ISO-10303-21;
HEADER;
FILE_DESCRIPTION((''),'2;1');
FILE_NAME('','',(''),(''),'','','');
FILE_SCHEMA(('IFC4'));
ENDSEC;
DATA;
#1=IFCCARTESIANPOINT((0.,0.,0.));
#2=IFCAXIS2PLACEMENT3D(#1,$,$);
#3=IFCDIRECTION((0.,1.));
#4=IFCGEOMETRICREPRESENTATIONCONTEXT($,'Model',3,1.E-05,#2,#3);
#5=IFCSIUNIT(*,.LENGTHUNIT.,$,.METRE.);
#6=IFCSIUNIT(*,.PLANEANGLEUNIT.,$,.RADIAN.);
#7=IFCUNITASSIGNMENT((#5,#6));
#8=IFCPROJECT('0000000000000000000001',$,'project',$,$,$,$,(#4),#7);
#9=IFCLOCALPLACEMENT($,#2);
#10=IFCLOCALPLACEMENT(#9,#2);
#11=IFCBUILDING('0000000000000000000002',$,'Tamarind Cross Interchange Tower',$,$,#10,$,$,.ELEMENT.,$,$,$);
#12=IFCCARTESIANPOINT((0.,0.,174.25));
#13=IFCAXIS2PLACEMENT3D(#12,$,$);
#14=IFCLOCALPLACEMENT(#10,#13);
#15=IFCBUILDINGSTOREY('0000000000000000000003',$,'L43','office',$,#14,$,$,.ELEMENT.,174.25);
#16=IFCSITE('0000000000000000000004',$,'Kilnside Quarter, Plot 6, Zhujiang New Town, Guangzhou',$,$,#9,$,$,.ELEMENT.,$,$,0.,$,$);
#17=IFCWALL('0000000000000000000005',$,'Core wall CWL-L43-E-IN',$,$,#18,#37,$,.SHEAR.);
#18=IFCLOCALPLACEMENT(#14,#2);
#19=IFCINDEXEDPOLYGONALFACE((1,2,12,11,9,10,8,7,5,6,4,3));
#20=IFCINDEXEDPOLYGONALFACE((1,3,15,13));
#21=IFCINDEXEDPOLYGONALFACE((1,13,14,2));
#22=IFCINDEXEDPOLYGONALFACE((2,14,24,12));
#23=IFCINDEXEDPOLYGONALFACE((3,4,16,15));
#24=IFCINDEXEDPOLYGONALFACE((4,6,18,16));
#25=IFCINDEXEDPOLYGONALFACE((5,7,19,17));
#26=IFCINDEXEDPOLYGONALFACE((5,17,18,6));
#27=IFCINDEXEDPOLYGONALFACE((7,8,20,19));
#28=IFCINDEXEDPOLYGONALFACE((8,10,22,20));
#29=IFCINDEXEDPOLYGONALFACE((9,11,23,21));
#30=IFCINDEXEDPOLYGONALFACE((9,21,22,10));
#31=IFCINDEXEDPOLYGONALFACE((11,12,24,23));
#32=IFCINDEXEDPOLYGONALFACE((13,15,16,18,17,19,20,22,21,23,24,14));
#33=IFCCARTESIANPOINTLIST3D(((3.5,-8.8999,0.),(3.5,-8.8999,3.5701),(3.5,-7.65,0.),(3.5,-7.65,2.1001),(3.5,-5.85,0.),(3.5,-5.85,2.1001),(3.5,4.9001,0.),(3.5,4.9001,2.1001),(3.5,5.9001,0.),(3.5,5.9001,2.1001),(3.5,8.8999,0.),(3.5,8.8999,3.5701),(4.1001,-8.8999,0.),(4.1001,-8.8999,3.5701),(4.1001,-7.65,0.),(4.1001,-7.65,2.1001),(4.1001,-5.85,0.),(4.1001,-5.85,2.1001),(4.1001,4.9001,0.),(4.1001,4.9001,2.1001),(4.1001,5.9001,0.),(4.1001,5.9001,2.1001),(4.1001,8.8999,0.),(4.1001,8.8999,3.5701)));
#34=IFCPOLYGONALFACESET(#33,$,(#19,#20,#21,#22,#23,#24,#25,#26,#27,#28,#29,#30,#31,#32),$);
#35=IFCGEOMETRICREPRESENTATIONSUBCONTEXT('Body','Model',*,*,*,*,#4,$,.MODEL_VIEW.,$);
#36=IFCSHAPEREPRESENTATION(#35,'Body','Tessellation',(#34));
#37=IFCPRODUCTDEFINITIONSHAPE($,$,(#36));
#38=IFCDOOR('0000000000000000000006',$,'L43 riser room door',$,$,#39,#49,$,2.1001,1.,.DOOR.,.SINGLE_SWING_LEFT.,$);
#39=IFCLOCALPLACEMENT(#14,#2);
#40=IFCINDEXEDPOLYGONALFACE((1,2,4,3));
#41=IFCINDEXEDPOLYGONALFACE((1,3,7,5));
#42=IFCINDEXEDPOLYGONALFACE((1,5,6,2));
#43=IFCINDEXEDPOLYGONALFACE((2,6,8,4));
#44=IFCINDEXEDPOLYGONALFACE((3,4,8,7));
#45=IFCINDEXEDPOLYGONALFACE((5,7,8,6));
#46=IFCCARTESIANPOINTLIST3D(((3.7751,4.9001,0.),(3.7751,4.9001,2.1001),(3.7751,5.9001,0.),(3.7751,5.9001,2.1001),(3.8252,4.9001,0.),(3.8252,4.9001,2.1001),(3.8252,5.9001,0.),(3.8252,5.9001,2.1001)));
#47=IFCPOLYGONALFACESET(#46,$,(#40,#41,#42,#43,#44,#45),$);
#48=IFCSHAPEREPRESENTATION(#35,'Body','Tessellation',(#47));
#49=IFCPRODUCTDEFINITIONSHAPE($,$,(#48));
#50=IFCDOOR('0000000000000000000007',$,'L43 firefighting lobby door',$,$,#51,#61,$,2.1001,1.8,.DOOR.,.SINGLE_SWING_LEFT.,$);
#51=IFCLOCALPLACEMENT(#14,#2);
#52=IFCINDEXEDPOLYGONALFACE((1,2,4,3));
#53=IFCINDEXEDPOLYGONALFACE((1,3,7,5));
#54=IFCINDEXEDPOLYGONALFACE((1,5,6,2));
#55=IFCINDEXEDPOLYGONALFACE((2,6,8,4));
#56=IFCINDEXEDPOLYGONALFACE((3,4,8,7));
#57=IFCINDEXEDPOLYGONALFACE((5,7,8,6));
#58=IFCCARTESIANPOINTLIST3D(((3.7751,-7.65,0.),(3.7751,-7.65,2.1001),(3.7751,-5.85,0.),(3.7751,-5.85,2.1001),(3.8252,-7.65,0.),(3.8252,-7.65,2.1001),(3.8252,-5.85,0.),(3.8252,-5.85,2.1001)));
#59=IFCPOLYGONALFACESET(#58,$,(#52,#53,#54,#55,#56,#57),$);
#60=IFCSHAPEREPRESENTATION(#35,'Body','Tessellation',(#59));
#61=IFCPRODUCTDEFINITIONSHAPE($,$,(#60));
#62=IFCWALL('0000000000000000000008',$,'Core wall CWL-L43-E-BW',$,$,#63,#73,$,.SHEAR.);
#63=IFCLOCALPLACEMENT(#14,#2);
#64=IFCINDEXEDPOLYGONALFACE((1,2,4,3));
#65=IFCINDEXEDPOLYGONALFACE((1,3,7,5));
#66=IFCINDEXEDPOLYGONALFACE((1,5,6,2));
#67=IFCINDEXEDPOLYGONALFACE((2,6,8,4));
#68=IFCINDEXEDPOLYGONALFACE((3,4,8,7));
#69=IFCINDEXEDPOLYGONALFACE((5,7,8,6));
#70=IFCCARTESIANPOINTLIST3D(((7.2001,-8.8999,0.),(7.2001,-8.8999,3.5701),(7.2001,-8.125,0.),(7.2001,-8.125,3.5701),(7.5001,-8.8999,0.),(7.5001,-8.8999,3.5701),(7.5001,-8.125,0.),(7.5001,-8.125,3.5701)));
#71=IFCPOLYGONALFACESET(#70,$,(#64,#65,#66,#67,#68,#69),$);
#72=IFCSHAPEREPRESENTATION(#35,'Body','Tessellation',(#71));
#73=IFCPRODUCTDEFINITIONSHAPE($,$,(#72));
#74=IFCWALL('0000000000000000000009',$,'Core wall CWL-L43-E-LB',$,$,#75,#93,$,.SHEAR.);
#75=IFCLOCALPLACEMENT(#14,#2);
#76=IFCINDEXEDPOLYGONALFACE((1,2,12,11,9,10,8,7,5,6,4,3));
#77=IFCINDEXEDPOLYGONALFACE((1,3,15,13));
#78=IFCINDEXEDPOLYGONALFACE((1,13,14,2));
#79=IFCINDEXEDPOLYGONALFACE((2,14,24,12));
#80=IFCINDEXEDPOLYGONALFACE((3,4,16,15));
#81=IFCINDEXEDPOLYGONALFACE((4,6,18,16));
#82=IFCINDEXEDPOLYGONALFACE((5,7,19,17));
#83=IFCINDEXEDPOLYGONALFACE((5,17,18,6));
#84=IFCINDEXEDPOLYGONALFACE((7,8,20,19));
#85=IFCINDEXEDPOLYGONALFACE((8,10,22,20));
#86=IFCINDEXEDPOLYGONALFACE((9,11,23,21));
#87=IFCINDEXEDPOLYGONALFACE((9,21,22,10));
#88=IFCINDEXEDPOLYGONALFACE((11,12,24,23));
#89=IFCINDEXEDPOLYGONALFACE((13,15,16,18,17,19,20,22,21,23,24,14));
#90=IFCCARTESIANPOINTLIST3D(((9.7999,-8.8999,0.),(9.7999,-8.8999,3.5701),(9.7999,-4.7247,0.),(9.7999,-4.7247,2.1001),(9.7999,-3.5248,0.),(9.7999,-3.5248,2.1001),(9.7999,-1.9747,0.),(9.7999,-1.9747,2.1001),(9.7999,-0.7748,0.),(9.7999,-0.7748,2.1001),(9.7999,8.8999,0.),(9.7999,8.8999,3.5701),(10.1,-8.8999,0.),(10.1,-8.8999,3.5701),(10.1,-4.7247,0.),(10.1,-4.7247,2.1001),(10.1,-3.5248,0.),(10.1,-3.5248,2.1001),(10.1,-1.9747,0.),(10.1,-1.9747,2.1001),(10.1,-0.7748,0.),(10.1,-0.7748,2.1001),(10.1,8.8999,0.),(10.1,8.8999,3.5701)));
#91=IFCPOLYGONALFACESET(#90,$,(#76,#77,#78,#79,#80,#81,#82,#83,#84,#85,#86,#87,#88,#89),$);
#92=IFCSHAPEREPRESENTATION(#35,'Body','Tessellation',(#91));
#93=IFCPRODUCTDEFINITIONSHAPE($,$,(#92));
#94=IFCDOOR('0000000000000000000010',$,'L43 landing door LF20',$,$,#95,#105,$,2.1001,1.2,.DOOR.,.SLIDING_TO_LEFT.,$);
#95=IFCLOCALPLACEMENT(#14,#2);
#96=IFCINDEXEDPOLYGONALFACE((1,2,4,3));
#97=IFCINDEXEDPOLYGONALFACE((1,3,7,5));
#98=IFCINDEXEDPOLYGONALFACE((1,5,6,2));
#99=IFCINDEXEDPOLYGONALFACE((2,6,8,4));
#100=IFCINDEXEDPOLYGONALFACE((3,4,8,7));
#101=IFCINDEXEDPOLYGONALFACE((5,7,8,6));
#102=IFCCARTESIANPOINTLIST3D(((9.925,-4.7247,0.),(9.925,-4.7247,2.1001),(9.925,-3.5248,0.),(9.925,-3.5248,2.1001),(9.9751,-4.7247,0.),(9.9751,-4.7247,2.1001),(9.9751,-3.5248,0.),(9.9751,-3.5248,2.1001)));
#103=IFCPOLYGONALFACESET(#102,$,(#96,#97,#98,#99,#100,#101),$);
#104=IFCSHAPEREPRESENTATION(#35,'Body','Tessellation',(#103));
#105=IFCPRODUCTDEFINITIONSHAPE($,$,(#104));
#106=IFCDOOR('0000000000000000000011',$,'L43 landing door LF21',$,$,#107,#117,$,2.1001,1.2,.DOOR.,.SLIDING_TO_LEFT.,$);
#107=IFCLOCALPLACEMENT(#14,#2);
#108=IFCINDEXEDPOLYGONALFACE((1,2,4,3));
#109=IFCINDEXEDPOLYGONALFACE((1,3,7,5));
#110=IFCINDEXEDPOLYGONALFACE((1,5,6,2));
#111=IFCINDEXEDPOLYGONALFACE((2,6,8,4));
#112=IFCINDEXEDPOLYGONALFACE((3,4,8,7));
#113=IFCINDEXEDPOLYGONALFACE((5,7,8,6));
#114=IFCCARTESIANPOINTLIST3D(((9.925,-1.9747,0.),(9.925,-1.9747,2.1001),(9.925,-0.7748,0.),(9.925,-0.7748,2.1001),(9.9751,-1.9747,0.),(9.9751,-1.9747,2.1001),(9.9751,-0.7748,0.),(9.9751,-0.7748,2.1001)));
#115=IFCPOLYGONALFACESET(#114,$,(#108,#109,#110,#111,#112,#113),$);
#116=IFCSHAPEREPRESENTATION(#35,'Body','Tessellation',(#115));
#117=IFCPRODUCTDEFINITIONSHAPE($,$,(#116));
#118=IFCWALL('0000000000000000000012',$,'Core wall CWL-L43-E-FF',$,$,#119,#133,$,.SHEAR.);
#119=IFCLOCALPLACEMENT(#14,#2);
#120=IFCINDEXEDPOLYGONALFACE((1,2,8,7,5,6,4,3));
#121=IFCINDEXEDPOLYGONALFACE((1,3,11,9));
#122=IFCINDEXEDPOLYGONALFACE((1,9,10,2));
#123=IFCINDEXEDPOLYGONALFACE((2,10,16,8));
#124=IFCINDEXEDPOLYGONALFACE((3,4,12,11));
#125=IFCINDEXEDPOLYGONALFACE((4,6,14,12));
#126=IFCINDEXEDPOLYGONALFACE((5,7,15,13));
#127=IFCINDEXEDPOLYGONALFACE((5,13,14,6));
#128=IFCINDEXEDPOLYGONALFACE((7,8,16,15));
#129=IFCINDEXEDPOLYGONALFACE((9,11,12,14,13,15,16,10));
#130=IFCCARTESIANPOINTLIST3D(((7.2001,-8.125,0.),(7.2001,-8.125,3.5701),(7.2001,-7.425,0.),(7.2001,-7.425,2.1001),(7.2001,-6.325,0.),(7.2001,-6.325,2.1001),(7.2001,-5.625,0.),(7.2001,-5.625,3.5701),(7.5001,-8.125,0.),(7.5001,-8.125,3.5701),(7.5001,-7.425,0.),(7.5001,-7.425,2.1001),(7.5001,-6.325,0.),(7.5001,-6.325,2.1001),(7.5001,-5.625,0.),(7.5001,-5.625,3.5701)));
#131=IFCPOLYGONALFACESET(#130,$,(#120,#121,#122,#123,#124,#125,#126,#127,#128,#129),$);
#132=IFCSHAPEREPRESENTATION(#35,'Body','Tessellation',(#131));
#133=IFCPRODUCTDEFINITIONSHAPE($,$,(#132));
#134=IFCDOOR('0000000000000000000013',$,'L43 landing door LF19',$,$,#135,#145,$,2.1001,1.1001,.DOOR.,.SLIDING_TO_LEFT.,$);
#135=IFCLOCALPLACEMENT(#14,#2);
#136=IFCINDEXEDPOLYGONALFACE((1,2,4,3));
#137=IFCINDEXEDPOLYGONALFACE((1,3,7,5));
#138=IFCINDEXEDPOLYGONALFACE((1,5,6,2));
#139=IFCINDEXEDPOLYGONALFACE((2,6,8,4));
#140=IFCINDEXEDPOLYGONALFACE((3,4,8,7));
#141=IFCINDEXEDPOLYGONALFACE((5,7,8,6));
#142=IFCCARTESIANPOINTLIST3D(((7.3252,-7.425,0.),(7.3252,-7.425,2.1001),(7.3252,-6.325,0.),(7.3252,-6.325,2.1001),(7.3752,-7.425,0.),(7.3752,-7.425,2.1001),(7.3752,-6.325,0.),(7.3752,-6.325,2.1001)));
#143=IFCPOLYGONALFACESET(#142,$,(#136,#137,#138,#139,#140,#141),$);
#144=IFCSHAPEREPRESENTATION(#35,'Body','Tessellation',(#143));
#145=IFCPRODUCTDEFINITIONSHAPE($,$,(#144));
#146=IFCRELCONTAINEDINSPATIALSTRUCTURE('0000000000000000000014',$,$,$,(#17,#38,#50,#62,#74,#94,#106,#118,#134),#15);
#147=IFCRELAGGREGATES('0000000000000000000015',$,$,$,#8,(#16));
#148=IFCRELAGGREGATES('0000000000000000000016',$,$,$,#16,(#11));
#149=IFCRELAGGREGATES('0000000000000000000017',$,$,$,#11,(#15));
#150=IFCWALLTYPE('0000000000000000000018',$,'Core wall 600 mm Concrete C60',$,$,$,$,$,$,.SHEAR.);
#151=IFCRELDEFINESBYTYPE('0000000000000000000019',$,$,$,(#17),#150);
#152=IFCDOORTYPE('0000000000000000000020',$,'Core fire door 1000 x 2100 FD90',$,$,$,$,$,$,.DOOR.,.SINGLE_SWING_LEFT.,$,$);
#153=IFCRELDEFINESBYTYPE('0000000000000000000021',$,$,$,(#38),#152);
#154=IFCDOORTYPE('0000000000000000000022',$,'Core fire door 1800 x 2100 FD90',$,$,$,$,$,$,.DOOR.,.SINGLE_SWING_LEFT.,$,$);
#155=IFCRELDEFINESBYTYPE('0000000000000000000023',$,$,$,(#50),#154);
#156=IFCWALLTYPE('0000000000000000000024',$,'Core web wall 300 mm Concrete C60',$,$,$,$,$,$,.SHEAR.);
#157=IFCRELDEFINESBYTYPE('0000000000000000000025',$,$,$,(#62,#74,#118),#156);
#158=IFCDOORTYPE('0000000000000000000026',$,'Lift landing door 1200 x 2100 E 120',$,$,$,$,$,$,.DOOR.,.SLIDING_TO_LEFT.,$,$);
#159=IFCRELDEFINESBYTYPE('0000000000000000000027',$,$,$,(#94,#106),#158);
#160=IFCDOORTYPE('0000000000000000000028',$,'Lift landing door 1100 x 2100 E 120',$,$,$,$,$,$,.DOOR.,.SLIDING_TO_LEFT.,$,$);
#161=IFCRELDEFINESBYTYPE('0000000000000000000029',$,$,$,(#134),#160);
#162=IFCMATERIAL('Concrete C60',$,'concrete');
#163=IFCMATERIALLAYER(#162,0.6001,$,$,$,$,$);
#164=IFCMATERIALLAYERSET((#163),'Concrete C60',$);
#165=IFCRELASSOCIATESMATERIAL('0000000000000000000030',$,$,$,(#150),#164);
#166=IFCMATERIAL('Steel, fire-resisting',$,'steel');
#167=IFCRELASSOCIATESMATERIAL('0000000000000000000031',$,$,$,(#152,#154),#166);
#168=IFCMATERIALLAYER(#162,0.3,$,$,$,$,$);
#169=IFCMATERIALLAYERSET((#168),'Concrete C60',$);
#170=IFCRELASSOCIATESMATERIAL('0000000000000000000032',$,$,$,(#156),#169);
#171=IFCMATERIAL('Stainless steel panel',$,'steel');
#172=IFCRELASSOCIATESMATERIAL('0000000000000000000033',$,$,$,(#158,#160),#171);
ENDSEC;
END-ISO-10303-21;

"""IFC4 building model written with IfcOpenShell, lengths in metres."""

from ifc_helpers import new_model, si_unit, direction, frame, frame_2d, origin, place, context, subcontext, project, spatial, rectangle, extrude, material, layer, layer_set, type_object, element, fill, save


model = new_model("IFC4")

# Units and contexts
model_context = context("Model", 3, precision=1e-05, world=origin(), true_north=direction((0.0, 1.0)))
body_context = subcontext(model_context, "Body", "Model", "MODEL_VIEW")
ifc_project = project(units=[si_unit("LENGTHUNIT", "METRE"), si_unit("PLANEANGLEUNIT", "RADIAN")], contexts=[model_context])

# Site, building, storey
site_placement = place(None, origin())
site = spatial("IfcSite", under=ifc_project, at=site_placement, Name="Kilnside Quarter, Plot 6, Zhujiang New Town, Guangzhou", CompositionType="ELEMENT", RefElevation=0.0)
building_placement = place(site_placement, origin())
building = spatial("IfcBuilding", under=site, at=building_placement, Name="Tamarind Cross Interchange Tower", CompositionType="ELEMENT")
storey_placement = place(building_placement, frame((0.0, 0.0, 174.25)))
storey = spatial("IfcBuildingStorey", under=building, at=storey_placement, Name="L43", Description="office", CompositionType="ELEMENT", Elevation=174.25)

# Wall, openings, doors
ifc_material_1 = material(Name="Concrete C60", Category="concrete")
ifc_layer_1 = layer(ifc_material_1, 0.6001)
ifc_layer_set_1 = layer_set([ifc_layer_1], Name="Concrete C60")
wall_type_1 = type_object("IfcWallType", Name="Core wall 600 mm Concrete C60", PredefinedType="SHEAR", material=ifc_layer_set_1)
wall_1_placement = place(storey_placement, frame((3.8, -8.8999, 0.0), z_axis=(0.0, 0.0, 1.0), x_axis=(0.0, 1.0, 0.0)))
wall_1 = element("IfcWall", 1, at=wall_1_placement, inside=storey, type_object=wall_type_1, Name="Core wall CWL-L43-E-IN", PredefinedType="SHEAR", context=body_context, shape_type="SweptSolid", body=[
    extrude(rectangle(XDim=17.7998, YDim=0.6001, at=frame_2d((8.8999, 0.0))), origin(), (0.0, 0.0, 1.0), 3.5701),
])
opening_1_placement = place(wall_1_placement, frame((1.25, 0.0, 0.0)))
opening_1 = element("IfcOpeningElement", 2, at=opening_1_placement, cuts=wall_1, PredefinedType="OPENING", context=body_context, shape_type="SweptSolid", body=[
    extrude(rectangle(XDim=1.8, YDim=2.1001, at=frame_2d((0.8999, 1.05))), frame((0.0, 0.3101, 0.0), z_axis=(0.0, -1.0, 0.0), x_axis=(1.0, 0.0, 0.0)), (0.0, 0.0, 1.0), 0.6201),
])
opening_2_placement = place(wall_1_placement, frame((13.8, 0.0, 0.0)))
opening_2 = element("IfcOpeningElement", 3, at=opening_2_placement, cuts=wall_1, PredefinedType="OPENING", context=body_context, shape_type="SweptSolid", body=[
    extrude(rectangle(XDim=1.0, YDim=2.1001, at=frame_2d((0.5, 1.05))), frame((0.0, 0.3101, 0.0), z_axis=(0.0, -1.0, 0.0), x_axis=(1.0, 0.0, 0.0)), (0.0, 0.0, 1.0), 0.6201),
])
ifc_material_2 = material(Name="Steel, fire-resisting", Category="steel")
door_type_1 = type_object("IfcDoorType", Name="Core fire door 1000 x 2100 FD90", OperationType="SINGLE_SWING_LEFT", PredefinedType="DOOR", material=ifc_material_2)
door_1_placement = place(opening_2_placement, origin())
door_1 = element("IfcDoor", 4, at=door_1_placement, inside=storey, type_object=door_type_1, Name="L43 riser room door", OperationType="SINGLE_SWING_LEFT", OverallHeight=2.1001, OverallWidth=1.0, PredefinedType="DOOR", context=body_context, shape_type="SweptSolid", body=[
    extrude(rectangle(XDim=1.0, YDim=2.1001, at=frame_2d((0.5, 1.05))), frame((0.0, 0.0249, 0.0), z_axis=(0.0, -1.0, 0.0), x_axis=(1.0, 0.0, 0.0)), (0.0, 0.0, 1.0), 0.05),
])
fill(opening_2, door_1)
door_type_2 = type_object("IfcDoorType", Name="Core fire door 1800 x 2100 FD90", OperationType="SINGLE_SWING_LEFT", PredefinedType="DOOR", material=ifc_material_2)
door_2_placement = place(opening_1_placement, origin())
door_2 = element("IfcDoor", 5, at=door_2_placement, inside=storey, type_object=door_type_2, Name="L43 firefighting lobby door", OperationType="SINGLE_SWING_LEFT", OverallHeight=2.1001, OverallWidth=1.8, PredefinedType="DOOR", context=body_context, shape_type="SweptSolid", body=[
    extrude(rectangle(XDim=1.8, YDim=2.1001, at=frame_2d((0.8999, 1.05))), frame((0.0, 0.0249, 0.0), z_axis=(0.0, -1.0, 0.0), x_axis=(1.0, 0.0, 0.0)), (0.0, 0.0, 1.0), 0.05),
])
fill(opening_1, door_2)

# Wall
ifc_layer_2 = layer(ifc_material_1, 0.3)
ifc_layer_set_2 = layer_set([ifc_layer_2], Name="Concrete C60")
wall_type_2 = type_object("IfcWallType", Name="Core web wall 300 mm Concrete C60", PredefinedType="SHEAR", material=ifc_layer_set_2)
wall_2_placement = place(storey_placement, frame((7.3501, -8.8999, 0.0), z_axis=(0.0, 0.0, 1.0), x_axis=(0.0, 1.0, 0.0)))
element("IfcWall", 6, at=wall_2_placement, inside=storey, type_object=wall_type_2, Name="Core wall CWL-L43-E-BW", PredefinedType="SHEAR", context=body_context, shape_type="SweptSolid", body=[
    extrude(rectangle(XDim=0.7749, YDim=0.3, at=frame_2d((0.3875, 0.0))), origin(), (0.0, 0.0, 1.0), 3.5701),
])

# Wall, openings, doors
wall_3_placement = place(storey_placement, frame((9.95, -8.8999, 0.0), z_axis=(0.0, 0.0, 1.0), x_axis=(0.0, 1.0, 0.0)))
wall_3 = element("IfcWall", 7, at=wall_3_placement, inside=storey, type_object=wall_type_2, Name="Core wall CWL-L43-E-LB", PredefinedType="SHEAR", context=body_context, shape_type="SweptSolid", body=[
    extrude(rectangle(XDim=17.7998, YDim=0.3, at=frame_2d((8.8999, 0.0))), origin(), (0.0, 0.0, 1.0), 3.5701),
])
opening_3_placement = place(wall_3_placement, frame((4.175, 0.0, 0.0)))
opening_3 = element("IfcOpeningElement", 8, at=opening_3_placement, cuts=wall_3, PredefinedType="OPENING", context=body_context, shape_type="SweptSolid", body=[
    extrude(rectangle(XDim=1.2, YDim=2.1001, at=frame_2d((0.6001, 1.05))), frame((0.0, 0.1599, 0.0), z_axis=(0.0, -1.0, 0.0), x_axis=(1.0, 0.0, 0.0)), (0.0, 0.0, 1.0), 0.3201),
])
opening_4_placement = place(wall_3_placement, frame((6.925, 0.0, 0.0)))
opening_4 = element("IfcOpeningElement", 9, at=opening_4_placement, cuts=wall_3, PredefinedType="OPENING", context=body_context, shape_type="SweptSolid", body=[
    extrude(rectangle(XDim=1.2, YDim=2.1001, at=frame_2d((0.6001, 1.05))), frame((0.0, 0.1599, 0.0), z_axis=(0.0, -1.0, 0.0), x_axis=(1.0, 0.0, 0.0)), (0.0, 0.0, 1.0), 0.3201),
])
ifc_material_3 = material(Name="Stainless steel panel", Category="steel")
door_type_3 = type_object("IfcDoorType", Name="Lift landing door 1200 x 2100 E 120", OperationType="SLIDING_TO_LEFT", PredefinedType="DOOR", material=ifc_material_3)
door_3_placement = place(opening_3_placement, origin())
door_3 = element("IfcDoor", 10, at=door_3_placement, inside=storey, type_object=door_type_3, Name="L43 landing door LF20", OperationType="SLIDING_TO_LEFT", OverallHeight=2.1001, OverallWidth=1.2, PredefinedType="DOOR", context=body_context, shape_type="SweptSolid", body=[
    extrude(rectangle(XDim=1.2, YDim=2.1001, at=frame_2d((0.6001, 1.05))), frame((0.0, 0.0249, 0.0), z_axis=(0.0, -1.0, 0.0), x_axis=(1.0, 0.0, 0.0)), (0.0, 0.0, 1.0), 0.05),
])
fill(opening_3, door_3)
door_4_placement = place(opening_4_placement, origin())
door_4 = element("IfcDoor", 11, at=door_4_placement, inside=storey, type_object=door_type_3, Name="L43 landing door LF21", OperationType="SLIDING_TO_LEFT", OverallHeight=2.1001, OverallWidth=1.2, PredefinedType="DOOR", context=body_context, shape_type="SweptSolid", body=[
    extrude(rectangle(XDim=1.2, YDim=2.1001, at=frame_2d((0.6001, 1.05))), frame((0.0, 0.0249, 0.0), z_axis=(0.0, -1.0, 0.0), x_axis=(1.0, 0.0, 0.0)), (0.0, 0.0, 1.0), 0.05),
])
fill(opening_4, door_4)

# Wall, opening, door
wall_4_placement = place(storey_placement, frame((7.3501, -8.125, 0.0), z_axis=(0.0, 0.0, 1.0), x_axis=(0.0, 1.0, 0.0)))
wall_4 = element("IfcWall", 12, at=wall_4_placement, inside=storey, type_object=wall_type_2, Name="Core wall CWL-L43-E-FF", PredefinedType="SHEAR", context=body_context, shape_type="SweptSolid", body=[
    extrude(rectangle(XDim=2.5, YDim=0.3, at=frame_2d((1.25, 0.0))), origin(), (0.0, 0.0, 1.0), 3.5701),
])
opening_5_placement = place(wall_4_placement, frame((0.7, 0.0, 0.0)))
opening_5 = element("IfcOpeningElement", 13, at=opening_5_placement, cuts=wall_4, PredefinedType="OPENING", context=body_context, shape_type="SweptSolid", body=[
    extrude(rectangle(XDim=1.1001, YDim=2.1001, at=frame_2d((0.55, 1.05))), frame((0.0, 0.1599, 0.0), z_axis=(0.0, -1.0, 0.0), x_axis=(1.0, 0.0, 0.0)), (0.0, 0.0, 1.0), 0.3201),
])
door_type_4 = type_object("IfcDoorType", Name="Lift landing door 1100 x 2100 E 120", OperationType="SLIDING_TO_LEFT", PredefinedType="DOOR", material=ifc_material_3)
door_5_placement = place(opening_5_placement, origin())
door_5 = element("IfcDoor", 14, at=door_5_placement, inside=storey, type_object=door_type_4, Name="L43 landing door LF19", OperationType="SLIDING_TO_LEFT", OverallHeight=2.1001, OverallWidth=1.1001, PredefinedType="DOOR", context=body_context, shape_type="SweptSolid", body=[
    extrude(rectangle(XDim=1.1001, YDim=2.1001, at=frame_2d((0.55, 1.05))), frame((0.0, 0.0249, 0.0), z_axis=(0.0, -1.0, 0.0), x_axis=(1.0, 0.0, 0.0)), (0.0, 0.0, 1.0), 0.05),
])
fill(opening_5, door_5)

save(model, "model.ifc")
